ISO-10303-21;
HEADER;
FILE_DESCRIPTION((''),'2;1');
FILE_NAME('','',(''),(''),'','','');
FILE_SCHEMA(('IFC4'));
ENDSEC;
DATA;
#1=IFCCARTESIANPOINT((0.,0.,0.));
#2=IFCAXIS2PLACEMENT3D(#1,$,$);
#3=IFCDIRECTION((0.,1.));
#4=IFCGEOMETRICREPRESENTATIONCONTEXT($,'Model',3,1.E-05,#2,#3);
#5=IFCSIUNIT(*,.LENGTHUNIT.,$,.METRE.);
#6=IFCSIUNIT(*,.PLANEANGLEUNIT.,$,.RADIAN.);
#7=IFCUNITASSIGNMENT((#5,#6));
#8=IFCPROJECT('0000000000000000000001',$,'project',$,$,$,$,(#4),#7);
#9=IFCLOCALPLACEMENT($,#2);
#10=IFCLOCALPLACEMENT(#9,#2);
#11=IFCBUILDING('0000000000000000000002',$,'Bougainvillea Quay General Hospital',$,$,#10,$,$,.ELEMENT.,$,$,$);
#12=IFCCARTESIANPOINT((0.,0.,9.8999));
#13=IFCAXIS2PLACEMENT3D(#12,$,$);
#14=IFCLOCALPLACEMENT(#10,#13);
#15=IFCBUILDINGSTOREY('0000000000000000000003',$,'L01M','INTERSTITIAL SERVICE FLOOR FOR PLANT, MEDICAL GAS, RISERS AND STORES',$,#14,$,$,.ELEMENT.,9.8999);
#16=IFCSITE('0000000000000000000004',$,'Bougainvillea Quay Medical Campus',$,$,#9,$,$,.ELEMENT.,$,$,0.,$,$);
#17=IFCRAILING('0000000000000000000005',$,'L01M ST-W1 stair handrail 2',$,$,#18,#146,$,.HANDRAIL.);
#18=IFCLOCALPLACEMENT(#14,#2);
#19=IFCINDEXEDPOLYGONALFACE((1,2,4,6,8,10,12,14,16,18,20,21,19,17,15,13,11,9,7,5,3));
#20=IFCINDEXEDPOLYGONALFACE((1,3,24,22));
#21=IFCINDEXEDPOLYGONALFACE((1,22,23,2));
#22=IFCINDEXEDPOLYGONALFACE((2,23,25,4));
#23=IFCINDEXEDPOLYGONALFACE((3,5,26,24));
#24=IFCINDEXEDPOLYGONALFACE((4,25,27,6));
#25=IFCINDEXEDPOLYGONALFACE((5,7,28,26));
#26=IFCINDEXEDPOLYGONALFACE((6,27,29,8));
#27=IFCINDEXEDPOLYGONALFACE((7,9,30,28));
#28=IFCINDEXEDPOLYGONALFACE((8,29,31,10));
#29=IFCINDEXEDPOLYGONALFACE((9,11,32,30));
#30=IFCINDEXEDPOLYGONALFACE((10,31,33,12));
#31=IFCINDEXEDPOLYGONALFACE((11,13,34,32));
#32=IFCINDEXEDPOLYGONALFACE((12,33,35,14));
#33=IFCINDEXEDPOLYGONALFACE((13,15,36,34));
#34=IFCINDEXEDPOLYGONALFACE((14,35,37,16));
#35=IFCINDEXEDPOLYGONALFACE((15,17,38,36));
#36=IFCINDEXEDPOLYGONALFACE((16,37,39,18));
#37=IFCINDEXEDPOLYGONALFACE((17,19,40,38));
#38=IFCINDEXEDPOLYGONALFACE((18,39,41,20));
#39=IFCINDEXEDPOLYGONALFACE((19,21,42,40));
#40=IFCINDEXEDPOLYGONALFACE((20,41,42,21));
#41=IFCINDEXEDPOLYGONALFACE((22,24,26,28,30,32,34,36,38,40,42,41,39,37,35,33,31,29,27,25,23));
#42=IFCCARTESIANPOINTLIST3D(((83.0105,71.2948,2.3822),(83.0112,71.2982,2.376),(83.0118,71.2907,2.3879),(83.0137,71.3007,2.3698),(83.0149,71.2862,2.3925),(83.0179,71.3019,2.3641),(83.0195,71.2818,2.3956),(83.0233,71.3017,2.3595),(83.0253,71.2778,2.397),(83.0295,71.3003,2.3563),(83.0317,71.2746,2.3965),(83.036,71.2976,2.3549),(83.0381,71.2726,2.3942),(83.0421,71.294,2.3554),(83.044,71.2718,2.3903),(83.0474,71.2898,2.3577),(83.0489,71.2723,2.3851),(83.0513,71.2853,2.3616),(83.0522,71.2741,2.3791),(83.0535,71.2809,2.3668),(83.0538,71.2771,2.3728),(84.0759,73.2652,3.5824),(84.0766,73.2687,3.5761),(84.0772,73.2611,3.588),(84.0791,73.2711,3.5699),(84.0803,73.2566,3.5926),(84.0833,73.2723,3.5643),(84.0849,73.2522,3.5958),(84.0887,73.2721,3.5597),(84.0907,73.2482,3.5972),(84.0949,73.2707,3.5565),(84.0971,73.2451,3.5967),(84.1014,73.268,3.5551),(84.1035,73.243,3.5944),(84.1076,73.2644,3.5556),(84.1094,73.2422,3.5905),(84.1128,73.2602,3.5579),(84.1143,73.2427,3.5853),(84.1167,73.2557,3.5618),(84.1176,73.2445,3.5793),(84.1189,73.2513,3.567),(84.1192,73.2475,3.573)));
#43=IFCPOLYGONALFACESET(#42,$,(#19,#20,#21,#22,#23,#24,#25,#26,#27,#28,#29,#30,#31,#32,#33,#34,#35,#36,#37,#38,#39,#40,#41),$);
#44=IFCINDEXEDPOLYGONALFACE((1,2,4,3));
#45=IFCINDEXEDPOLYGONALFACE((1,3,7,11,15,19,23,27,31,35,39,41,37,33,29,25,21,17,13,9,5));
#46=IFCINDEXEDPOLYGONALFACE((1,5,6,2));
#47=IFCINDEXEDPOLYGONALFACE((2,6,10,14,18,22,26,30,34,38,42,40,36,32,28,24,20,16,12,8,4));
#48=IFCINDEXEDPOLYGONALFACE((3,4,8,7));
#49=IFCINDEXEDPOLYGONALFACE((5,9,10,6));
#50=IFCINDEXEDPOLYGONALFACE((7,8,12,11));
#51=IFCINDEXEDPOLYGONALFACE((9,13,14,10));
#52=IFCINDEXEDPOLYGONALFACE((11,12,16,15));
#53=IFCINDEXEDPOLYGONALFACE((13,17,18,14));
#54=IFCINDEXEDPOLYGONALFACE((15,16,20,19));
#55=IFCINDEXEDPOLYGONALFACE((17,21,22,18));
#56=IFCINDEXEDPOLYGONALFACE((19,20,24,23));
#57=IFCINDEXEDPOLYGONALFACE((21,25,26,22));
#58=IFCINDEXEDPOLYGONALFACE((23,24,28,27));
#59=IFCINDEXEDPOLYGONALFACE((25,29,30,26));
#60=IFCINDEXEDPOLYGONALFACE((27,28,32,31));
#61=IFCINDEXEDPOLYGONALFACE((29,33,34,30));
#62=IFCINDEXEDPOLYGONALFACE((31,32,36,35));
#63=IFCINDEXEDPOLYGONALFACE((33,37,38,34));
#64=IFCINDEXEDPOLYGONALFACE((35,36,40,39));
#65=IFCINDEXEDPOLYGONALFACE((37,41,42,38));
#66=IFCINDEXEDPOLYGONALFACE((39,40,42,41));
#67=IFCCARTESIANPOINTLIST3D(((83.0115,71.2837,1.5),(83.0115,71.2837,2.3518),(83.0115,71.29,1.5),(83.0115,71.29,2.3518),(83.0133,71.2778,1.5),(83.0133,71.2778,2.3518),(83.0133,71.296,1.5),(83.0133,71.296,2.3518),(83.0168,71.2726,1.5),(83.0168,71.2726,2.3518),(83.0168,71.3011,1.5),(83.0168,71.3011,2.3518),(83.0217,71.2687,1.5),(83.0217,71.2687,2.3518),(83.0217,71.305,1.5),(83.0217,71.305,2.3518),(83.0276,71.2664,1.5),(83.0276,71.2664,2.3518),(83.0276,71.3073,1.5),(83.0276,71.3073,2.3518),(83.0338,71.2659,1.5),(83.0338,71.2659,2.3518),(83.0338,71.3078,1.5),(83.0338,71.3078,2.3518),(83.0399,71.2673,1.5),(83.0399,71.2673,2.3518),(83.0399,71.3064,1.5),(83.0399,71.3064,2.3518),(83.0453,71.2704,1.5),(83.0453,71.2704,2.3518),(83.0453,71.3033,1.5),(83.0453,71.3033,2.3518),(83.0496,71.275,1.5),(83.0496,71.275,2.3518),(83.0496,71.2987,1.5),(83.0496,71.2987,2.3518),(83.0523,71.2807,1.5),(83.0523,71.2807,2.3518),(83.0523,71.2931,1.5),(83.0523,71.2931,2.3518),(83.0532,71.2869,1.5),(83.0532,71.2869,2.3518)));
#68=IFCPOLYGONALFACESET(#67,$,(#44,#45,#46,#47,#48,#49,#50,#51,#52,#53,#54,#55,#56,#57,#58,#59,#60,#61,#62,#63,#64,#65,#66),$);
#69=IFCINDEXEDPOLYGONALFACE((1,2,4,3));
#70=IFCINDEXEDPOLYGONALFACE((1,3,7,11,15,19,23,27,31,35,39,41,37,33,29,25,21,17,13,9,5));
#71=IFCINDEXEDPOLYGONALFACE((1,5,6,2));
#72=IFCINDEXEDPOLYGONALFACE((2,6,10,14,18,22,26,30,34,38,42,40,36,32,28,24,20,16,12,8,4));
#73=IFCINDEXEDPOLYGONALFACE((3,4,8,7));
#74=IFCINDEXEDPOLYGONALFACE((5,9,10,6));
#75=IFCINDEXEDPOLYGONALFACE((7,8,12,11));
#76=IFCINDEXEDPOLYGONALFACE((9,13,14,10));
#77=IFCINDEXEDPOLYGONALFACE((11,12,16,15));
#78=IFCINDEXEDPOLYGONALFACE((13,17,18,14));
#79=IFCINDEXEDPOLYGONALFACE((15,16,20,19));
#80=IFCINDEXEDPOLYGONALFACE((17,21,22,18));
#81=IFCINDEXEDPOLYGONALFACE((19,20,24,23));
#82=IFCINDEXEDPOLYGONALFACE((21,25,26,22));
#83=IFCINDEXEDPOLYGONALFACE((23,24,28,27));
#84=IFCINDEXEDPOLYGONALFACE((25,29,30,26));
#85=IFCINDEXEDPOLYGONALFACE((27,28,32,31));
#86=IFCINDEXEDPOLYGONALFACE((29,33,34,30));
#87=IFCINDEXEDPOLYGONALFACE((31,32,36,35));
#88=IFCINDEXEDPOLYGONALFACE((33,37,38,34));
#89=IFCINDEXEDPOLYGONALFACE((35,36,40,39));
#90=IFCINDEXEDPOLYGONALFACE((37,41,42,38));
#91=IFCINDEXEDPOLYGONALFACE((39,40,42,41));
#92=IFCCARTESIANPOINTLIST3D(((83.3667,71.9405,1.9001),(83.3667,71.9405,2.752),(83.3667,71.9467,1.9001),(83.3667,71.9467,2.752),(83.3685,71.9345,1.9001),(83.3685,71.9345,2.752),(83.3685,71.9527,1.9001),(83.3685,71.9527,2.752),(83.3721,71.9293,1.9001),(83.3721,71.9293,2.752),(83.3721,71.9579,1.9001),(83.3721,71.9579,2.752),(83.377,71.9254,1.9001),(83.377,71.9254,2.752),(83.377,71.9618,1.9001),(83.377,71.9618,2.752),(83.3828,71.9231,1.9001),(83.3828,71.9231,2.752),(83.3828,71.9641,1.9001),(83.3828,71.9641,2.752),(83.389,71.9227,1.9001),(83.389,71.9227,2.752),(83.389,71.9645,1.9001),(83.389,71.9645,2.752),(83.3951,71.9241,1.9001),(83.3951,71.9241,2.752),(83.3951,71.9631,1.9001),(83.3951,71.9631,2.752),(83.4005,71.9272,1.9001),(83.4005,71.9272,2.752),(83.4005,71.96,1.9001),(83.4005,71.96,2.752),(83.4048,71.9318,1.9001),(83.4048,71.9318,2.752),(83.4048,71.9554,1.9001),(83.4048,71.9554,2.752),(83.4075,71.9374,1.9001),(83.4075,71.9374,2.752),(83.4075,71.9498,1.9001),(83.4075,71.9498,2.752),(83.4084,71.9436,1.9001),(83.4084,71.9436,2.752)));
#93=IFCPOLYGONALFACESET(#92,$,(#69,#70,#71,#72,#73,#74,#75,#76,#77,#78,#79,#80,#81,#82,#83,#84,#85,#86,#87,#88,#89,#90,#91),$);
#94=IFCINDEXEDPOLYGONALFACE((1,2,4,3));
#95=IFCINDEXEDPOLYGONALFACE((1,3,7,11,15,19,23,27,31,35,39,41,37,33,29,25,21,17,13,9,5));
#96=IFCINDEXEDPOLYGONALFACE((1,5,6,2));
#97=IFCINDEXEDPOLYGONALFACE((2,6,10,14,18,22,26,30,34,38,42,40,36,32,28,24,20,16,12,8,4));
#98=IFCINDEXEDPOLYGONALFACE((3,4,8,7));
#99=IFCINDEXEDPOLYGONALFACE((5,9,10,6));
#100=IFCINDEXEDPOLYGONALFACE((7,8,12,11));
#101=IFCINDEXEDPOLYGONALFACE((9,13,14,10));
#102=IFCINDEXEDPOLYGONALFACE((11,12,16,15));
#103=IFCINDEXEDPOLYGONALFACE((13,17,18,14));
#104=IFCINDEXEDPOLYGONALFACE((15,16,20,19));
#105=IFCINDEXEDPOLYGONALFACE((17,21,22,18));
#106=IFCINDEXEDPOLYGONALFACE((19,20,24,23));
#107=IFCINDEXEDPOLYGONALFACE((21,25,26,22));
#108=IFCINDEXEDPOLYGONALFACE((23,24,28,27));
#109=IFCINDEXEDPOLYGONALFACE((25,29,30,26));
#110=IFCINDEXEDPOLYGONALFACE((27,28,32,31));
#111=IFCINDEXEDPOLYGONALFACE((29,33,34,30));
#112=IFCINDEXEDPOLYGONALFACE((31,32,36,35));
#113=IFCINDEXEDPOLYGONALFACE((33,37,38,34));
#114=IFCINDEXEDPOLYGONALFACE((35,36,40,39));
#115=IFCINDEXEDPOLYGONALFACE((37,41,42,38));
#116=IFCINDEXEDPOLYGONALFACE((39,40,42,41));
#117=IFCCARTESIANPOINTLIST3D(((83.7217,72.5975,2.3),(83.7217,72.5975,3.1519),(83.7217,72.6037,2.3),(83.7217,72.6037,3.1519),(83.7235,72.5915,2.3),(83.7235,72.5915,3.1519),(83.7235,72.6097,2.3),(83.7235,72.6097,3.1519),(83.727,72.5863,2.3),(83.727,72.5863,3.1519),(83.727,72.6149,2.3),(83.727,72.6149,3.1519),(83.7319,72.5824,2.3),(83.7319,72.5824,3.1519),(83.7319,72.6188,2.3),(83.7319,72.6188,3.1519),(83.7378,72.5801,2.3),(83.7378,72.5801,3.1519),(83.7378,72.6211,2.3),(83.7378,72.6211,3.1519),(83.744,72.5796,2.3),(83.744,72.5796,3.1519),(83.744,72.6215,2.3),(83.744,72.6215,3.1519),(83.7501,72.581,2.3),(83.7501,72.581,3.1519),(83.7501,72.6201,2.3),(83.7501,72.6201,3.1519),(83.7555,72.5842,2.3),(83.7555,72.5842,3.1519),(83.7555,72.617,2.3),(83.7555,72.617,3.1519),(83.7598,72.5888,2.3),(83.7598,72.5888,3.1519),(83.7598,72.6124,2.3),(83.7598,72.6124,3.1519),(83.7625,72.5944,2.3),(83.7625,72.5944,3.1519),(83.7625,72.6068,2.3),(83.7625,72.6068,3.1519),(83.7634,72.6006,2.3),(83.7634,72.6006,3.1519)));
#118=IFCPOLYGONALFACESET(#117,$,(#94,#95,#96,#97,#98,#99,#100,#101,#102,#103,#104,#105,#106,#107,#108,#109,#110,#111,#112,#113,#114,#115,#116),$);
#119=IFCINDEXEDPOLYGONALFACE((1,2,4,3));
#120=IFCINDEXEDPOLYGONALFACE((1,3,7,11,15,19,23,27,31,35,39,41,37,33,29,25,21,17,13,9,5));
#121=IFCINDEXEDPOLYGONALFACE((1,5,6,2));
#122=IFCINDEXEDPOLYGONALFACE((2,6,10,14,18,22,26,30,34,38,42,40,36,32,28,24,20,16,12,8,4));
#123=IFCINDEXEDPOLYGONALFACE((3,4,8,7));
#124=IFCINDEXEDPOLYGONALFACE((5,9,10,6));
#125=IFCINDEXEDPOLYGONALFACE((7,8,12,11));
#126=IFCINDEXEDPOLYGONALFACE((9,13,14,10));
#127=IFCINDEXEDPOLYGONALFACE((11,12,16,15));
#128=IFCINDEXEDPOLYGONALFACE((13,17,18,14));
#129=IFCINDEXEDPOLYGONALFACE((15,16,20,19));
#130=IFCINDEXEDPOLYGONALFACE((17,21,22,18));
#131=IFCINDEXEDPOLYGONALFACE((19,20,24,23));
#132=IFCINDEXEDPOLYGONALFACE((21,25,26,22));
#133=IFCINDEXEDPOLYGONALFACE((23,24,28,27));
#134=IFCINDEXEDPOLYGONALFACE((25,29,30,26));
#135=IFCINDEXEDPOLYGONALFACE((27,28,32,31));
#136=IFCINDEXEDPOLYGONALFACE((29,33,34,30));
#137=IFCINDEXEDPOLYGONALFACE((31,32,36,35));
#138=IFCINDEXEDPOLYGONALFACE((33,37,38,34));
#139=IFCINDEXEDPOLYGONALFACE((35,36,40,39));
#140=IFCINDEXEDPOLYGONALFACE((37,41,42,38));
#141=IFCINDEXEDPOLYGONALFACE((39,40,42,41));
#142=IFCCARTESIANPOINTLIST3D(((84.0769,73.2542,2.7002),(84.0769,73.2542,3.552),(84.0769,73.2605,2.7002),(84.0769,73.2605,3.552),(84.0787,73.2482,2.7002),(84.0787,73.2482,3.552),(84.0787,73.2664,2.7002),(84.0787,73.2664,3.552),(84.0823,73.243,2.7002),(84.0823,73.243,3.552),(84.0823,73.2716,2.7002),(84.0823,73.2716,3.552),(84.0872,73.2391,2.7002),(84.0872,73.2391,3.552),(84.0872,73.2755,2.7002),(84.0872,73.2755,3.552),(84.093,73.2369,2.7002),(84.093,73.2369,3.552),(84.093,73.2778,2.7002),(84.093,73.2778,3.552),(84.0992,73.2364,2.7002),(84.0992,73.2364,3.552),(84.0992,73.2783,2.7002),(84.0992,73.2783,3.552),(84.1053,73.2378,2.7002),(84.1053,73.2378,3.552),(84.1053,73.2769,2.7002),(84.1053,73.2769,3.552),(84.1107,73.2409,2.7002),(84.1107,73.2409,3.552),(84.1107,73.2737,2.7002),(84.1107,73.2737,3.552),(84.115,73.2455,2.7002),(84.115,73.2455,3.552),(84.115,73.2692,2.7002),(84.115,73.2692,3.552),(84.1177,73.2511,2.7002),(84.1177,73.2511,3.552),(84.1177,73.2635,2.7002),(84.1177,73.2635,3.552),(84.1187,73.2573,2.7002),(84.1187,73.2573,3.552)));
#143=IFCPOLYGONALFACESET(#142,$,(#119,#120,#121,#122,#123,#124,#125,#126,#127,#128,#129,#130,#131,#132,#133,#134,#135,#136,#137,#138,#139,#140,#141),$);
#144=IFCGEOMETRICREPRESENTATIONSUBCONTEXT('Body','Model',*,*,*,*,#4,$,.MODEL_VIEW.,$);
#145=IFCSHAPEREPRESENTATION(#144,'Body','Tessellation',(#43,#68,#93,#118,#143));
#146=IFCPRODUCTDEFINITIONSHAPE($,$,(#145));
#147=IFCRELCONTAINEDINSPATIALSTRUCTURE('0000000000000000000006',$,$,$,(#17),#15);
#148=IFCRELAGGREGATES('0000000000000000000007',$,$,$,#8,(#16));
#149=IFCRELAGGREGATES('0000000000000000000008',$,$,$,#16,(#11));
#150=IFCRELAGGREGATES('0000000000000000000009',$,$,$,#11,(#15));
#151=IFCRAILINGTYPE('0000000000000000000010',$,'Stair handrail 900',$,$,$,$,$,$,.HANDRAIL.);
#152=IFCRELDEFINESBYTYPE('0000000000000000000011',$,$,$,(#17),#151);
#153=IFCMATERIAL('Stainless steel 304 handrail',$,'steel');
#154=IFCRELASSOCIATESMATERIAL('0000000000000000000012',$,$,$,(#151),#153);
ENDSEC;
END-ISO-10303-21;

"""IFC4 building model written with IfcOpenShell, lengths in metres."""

from ifc_helpers import new_model, si_unit, direction, frame, origin, origin_2d, place, context, subcontext, project, spatial, circle, extrude, material, type_object, element, save


model = new_model("IFC4")

# Units and contexts
model_context = context("Model", 3, precision=1e-05, world=origin(), true_north=direction((0.0, 1.0)))
body_context = subcontext(model_context, "Body", "Model", "MODEL_VIEW")
ifc_project = project(units=[si_unit("LENGTHUNIT", "METRE"), si_unit("PLANEANGLEUNIT", "RADIAN")], contexts=[model_context])

# Site, building, storey
site_placement = place(None, origin())
site = spatial("IfcSite", under=ifc_project, at=site_placement, Name="Bougainvillea Quay Medical Campus", CompositionType="ELEMENT", RefElevation=0.0)
building_placement = place(site_placement, origin())
building = spatial("IfcBuilding", under=site, at=building_placement, Name="Bougainvillea Quay General Hospital", CompositionType="ELEMENT")
storey_placement = place(building_placement, frame((0.0, 0.0, 9.8999)))
storey = spatial("IfcBuildingStorey", under=building, at=storey_placement, Name="L01M", Description="INTERSTITIAL SERVICE FLOOR FOR PLANT, MEDICAL GAS, RISERS AND STORES", CompositionType="ELEMENT", Elevation=9.8999)

# Railing
ifc_material_1 = material(Name="Stainless steel 304 handrail", Category="steel")
railing_type_1 = type_object("IfcRailingType", Name="Stair handrail 900", PredefinedType="HANDRAIL", material=ifc_material_1)
railing_1_placement = place(storey_placement, frame((83.0322, 71.2869, 1.5)))
element("IfcRailing", 1, at=railing_1_placement, inside=storey, type_object=railing_type_1, Name="L01M ST-W1 stair handrail 2", PredefinedType="HANDRAIL", context=body_context, shape_type="SweptSolid", body=[
    extrude(circle(Radius=0.0239, at=origin_2d()), frame((0.0, 0.0, 0.876), z_axis=(0.419242, 0.775368, 0.472272), x_axis=(-0.879647, 0.475626, 0.0)), (0.0, 0.0, 1.0), 2.5413),
    extrude(circle(Radius=0.021, at=origin_2d()), origin(), (0.0, 0.0, 1.0), 0.8518),
    extrude(circle(Radius=0.021, at=origin_2d()), frame((0.3552, 0.6567, 0.4001)), (0.0, 0.0, 1.0), 0.8518),
    extrude(circle(Radius=0.021, at=origin_2d()), frame((0.7102, 1.3137, 0.8)), (0.0, 0.0, 1.0), 0.8518),
    extrude(circle(Radius=0.021, at=origin_2d()), frame((1.0654, 1.9705, 1.2002)), (0.0, 0.0, 1.0), 0.8518),
])

save(model, "model.ifc")
